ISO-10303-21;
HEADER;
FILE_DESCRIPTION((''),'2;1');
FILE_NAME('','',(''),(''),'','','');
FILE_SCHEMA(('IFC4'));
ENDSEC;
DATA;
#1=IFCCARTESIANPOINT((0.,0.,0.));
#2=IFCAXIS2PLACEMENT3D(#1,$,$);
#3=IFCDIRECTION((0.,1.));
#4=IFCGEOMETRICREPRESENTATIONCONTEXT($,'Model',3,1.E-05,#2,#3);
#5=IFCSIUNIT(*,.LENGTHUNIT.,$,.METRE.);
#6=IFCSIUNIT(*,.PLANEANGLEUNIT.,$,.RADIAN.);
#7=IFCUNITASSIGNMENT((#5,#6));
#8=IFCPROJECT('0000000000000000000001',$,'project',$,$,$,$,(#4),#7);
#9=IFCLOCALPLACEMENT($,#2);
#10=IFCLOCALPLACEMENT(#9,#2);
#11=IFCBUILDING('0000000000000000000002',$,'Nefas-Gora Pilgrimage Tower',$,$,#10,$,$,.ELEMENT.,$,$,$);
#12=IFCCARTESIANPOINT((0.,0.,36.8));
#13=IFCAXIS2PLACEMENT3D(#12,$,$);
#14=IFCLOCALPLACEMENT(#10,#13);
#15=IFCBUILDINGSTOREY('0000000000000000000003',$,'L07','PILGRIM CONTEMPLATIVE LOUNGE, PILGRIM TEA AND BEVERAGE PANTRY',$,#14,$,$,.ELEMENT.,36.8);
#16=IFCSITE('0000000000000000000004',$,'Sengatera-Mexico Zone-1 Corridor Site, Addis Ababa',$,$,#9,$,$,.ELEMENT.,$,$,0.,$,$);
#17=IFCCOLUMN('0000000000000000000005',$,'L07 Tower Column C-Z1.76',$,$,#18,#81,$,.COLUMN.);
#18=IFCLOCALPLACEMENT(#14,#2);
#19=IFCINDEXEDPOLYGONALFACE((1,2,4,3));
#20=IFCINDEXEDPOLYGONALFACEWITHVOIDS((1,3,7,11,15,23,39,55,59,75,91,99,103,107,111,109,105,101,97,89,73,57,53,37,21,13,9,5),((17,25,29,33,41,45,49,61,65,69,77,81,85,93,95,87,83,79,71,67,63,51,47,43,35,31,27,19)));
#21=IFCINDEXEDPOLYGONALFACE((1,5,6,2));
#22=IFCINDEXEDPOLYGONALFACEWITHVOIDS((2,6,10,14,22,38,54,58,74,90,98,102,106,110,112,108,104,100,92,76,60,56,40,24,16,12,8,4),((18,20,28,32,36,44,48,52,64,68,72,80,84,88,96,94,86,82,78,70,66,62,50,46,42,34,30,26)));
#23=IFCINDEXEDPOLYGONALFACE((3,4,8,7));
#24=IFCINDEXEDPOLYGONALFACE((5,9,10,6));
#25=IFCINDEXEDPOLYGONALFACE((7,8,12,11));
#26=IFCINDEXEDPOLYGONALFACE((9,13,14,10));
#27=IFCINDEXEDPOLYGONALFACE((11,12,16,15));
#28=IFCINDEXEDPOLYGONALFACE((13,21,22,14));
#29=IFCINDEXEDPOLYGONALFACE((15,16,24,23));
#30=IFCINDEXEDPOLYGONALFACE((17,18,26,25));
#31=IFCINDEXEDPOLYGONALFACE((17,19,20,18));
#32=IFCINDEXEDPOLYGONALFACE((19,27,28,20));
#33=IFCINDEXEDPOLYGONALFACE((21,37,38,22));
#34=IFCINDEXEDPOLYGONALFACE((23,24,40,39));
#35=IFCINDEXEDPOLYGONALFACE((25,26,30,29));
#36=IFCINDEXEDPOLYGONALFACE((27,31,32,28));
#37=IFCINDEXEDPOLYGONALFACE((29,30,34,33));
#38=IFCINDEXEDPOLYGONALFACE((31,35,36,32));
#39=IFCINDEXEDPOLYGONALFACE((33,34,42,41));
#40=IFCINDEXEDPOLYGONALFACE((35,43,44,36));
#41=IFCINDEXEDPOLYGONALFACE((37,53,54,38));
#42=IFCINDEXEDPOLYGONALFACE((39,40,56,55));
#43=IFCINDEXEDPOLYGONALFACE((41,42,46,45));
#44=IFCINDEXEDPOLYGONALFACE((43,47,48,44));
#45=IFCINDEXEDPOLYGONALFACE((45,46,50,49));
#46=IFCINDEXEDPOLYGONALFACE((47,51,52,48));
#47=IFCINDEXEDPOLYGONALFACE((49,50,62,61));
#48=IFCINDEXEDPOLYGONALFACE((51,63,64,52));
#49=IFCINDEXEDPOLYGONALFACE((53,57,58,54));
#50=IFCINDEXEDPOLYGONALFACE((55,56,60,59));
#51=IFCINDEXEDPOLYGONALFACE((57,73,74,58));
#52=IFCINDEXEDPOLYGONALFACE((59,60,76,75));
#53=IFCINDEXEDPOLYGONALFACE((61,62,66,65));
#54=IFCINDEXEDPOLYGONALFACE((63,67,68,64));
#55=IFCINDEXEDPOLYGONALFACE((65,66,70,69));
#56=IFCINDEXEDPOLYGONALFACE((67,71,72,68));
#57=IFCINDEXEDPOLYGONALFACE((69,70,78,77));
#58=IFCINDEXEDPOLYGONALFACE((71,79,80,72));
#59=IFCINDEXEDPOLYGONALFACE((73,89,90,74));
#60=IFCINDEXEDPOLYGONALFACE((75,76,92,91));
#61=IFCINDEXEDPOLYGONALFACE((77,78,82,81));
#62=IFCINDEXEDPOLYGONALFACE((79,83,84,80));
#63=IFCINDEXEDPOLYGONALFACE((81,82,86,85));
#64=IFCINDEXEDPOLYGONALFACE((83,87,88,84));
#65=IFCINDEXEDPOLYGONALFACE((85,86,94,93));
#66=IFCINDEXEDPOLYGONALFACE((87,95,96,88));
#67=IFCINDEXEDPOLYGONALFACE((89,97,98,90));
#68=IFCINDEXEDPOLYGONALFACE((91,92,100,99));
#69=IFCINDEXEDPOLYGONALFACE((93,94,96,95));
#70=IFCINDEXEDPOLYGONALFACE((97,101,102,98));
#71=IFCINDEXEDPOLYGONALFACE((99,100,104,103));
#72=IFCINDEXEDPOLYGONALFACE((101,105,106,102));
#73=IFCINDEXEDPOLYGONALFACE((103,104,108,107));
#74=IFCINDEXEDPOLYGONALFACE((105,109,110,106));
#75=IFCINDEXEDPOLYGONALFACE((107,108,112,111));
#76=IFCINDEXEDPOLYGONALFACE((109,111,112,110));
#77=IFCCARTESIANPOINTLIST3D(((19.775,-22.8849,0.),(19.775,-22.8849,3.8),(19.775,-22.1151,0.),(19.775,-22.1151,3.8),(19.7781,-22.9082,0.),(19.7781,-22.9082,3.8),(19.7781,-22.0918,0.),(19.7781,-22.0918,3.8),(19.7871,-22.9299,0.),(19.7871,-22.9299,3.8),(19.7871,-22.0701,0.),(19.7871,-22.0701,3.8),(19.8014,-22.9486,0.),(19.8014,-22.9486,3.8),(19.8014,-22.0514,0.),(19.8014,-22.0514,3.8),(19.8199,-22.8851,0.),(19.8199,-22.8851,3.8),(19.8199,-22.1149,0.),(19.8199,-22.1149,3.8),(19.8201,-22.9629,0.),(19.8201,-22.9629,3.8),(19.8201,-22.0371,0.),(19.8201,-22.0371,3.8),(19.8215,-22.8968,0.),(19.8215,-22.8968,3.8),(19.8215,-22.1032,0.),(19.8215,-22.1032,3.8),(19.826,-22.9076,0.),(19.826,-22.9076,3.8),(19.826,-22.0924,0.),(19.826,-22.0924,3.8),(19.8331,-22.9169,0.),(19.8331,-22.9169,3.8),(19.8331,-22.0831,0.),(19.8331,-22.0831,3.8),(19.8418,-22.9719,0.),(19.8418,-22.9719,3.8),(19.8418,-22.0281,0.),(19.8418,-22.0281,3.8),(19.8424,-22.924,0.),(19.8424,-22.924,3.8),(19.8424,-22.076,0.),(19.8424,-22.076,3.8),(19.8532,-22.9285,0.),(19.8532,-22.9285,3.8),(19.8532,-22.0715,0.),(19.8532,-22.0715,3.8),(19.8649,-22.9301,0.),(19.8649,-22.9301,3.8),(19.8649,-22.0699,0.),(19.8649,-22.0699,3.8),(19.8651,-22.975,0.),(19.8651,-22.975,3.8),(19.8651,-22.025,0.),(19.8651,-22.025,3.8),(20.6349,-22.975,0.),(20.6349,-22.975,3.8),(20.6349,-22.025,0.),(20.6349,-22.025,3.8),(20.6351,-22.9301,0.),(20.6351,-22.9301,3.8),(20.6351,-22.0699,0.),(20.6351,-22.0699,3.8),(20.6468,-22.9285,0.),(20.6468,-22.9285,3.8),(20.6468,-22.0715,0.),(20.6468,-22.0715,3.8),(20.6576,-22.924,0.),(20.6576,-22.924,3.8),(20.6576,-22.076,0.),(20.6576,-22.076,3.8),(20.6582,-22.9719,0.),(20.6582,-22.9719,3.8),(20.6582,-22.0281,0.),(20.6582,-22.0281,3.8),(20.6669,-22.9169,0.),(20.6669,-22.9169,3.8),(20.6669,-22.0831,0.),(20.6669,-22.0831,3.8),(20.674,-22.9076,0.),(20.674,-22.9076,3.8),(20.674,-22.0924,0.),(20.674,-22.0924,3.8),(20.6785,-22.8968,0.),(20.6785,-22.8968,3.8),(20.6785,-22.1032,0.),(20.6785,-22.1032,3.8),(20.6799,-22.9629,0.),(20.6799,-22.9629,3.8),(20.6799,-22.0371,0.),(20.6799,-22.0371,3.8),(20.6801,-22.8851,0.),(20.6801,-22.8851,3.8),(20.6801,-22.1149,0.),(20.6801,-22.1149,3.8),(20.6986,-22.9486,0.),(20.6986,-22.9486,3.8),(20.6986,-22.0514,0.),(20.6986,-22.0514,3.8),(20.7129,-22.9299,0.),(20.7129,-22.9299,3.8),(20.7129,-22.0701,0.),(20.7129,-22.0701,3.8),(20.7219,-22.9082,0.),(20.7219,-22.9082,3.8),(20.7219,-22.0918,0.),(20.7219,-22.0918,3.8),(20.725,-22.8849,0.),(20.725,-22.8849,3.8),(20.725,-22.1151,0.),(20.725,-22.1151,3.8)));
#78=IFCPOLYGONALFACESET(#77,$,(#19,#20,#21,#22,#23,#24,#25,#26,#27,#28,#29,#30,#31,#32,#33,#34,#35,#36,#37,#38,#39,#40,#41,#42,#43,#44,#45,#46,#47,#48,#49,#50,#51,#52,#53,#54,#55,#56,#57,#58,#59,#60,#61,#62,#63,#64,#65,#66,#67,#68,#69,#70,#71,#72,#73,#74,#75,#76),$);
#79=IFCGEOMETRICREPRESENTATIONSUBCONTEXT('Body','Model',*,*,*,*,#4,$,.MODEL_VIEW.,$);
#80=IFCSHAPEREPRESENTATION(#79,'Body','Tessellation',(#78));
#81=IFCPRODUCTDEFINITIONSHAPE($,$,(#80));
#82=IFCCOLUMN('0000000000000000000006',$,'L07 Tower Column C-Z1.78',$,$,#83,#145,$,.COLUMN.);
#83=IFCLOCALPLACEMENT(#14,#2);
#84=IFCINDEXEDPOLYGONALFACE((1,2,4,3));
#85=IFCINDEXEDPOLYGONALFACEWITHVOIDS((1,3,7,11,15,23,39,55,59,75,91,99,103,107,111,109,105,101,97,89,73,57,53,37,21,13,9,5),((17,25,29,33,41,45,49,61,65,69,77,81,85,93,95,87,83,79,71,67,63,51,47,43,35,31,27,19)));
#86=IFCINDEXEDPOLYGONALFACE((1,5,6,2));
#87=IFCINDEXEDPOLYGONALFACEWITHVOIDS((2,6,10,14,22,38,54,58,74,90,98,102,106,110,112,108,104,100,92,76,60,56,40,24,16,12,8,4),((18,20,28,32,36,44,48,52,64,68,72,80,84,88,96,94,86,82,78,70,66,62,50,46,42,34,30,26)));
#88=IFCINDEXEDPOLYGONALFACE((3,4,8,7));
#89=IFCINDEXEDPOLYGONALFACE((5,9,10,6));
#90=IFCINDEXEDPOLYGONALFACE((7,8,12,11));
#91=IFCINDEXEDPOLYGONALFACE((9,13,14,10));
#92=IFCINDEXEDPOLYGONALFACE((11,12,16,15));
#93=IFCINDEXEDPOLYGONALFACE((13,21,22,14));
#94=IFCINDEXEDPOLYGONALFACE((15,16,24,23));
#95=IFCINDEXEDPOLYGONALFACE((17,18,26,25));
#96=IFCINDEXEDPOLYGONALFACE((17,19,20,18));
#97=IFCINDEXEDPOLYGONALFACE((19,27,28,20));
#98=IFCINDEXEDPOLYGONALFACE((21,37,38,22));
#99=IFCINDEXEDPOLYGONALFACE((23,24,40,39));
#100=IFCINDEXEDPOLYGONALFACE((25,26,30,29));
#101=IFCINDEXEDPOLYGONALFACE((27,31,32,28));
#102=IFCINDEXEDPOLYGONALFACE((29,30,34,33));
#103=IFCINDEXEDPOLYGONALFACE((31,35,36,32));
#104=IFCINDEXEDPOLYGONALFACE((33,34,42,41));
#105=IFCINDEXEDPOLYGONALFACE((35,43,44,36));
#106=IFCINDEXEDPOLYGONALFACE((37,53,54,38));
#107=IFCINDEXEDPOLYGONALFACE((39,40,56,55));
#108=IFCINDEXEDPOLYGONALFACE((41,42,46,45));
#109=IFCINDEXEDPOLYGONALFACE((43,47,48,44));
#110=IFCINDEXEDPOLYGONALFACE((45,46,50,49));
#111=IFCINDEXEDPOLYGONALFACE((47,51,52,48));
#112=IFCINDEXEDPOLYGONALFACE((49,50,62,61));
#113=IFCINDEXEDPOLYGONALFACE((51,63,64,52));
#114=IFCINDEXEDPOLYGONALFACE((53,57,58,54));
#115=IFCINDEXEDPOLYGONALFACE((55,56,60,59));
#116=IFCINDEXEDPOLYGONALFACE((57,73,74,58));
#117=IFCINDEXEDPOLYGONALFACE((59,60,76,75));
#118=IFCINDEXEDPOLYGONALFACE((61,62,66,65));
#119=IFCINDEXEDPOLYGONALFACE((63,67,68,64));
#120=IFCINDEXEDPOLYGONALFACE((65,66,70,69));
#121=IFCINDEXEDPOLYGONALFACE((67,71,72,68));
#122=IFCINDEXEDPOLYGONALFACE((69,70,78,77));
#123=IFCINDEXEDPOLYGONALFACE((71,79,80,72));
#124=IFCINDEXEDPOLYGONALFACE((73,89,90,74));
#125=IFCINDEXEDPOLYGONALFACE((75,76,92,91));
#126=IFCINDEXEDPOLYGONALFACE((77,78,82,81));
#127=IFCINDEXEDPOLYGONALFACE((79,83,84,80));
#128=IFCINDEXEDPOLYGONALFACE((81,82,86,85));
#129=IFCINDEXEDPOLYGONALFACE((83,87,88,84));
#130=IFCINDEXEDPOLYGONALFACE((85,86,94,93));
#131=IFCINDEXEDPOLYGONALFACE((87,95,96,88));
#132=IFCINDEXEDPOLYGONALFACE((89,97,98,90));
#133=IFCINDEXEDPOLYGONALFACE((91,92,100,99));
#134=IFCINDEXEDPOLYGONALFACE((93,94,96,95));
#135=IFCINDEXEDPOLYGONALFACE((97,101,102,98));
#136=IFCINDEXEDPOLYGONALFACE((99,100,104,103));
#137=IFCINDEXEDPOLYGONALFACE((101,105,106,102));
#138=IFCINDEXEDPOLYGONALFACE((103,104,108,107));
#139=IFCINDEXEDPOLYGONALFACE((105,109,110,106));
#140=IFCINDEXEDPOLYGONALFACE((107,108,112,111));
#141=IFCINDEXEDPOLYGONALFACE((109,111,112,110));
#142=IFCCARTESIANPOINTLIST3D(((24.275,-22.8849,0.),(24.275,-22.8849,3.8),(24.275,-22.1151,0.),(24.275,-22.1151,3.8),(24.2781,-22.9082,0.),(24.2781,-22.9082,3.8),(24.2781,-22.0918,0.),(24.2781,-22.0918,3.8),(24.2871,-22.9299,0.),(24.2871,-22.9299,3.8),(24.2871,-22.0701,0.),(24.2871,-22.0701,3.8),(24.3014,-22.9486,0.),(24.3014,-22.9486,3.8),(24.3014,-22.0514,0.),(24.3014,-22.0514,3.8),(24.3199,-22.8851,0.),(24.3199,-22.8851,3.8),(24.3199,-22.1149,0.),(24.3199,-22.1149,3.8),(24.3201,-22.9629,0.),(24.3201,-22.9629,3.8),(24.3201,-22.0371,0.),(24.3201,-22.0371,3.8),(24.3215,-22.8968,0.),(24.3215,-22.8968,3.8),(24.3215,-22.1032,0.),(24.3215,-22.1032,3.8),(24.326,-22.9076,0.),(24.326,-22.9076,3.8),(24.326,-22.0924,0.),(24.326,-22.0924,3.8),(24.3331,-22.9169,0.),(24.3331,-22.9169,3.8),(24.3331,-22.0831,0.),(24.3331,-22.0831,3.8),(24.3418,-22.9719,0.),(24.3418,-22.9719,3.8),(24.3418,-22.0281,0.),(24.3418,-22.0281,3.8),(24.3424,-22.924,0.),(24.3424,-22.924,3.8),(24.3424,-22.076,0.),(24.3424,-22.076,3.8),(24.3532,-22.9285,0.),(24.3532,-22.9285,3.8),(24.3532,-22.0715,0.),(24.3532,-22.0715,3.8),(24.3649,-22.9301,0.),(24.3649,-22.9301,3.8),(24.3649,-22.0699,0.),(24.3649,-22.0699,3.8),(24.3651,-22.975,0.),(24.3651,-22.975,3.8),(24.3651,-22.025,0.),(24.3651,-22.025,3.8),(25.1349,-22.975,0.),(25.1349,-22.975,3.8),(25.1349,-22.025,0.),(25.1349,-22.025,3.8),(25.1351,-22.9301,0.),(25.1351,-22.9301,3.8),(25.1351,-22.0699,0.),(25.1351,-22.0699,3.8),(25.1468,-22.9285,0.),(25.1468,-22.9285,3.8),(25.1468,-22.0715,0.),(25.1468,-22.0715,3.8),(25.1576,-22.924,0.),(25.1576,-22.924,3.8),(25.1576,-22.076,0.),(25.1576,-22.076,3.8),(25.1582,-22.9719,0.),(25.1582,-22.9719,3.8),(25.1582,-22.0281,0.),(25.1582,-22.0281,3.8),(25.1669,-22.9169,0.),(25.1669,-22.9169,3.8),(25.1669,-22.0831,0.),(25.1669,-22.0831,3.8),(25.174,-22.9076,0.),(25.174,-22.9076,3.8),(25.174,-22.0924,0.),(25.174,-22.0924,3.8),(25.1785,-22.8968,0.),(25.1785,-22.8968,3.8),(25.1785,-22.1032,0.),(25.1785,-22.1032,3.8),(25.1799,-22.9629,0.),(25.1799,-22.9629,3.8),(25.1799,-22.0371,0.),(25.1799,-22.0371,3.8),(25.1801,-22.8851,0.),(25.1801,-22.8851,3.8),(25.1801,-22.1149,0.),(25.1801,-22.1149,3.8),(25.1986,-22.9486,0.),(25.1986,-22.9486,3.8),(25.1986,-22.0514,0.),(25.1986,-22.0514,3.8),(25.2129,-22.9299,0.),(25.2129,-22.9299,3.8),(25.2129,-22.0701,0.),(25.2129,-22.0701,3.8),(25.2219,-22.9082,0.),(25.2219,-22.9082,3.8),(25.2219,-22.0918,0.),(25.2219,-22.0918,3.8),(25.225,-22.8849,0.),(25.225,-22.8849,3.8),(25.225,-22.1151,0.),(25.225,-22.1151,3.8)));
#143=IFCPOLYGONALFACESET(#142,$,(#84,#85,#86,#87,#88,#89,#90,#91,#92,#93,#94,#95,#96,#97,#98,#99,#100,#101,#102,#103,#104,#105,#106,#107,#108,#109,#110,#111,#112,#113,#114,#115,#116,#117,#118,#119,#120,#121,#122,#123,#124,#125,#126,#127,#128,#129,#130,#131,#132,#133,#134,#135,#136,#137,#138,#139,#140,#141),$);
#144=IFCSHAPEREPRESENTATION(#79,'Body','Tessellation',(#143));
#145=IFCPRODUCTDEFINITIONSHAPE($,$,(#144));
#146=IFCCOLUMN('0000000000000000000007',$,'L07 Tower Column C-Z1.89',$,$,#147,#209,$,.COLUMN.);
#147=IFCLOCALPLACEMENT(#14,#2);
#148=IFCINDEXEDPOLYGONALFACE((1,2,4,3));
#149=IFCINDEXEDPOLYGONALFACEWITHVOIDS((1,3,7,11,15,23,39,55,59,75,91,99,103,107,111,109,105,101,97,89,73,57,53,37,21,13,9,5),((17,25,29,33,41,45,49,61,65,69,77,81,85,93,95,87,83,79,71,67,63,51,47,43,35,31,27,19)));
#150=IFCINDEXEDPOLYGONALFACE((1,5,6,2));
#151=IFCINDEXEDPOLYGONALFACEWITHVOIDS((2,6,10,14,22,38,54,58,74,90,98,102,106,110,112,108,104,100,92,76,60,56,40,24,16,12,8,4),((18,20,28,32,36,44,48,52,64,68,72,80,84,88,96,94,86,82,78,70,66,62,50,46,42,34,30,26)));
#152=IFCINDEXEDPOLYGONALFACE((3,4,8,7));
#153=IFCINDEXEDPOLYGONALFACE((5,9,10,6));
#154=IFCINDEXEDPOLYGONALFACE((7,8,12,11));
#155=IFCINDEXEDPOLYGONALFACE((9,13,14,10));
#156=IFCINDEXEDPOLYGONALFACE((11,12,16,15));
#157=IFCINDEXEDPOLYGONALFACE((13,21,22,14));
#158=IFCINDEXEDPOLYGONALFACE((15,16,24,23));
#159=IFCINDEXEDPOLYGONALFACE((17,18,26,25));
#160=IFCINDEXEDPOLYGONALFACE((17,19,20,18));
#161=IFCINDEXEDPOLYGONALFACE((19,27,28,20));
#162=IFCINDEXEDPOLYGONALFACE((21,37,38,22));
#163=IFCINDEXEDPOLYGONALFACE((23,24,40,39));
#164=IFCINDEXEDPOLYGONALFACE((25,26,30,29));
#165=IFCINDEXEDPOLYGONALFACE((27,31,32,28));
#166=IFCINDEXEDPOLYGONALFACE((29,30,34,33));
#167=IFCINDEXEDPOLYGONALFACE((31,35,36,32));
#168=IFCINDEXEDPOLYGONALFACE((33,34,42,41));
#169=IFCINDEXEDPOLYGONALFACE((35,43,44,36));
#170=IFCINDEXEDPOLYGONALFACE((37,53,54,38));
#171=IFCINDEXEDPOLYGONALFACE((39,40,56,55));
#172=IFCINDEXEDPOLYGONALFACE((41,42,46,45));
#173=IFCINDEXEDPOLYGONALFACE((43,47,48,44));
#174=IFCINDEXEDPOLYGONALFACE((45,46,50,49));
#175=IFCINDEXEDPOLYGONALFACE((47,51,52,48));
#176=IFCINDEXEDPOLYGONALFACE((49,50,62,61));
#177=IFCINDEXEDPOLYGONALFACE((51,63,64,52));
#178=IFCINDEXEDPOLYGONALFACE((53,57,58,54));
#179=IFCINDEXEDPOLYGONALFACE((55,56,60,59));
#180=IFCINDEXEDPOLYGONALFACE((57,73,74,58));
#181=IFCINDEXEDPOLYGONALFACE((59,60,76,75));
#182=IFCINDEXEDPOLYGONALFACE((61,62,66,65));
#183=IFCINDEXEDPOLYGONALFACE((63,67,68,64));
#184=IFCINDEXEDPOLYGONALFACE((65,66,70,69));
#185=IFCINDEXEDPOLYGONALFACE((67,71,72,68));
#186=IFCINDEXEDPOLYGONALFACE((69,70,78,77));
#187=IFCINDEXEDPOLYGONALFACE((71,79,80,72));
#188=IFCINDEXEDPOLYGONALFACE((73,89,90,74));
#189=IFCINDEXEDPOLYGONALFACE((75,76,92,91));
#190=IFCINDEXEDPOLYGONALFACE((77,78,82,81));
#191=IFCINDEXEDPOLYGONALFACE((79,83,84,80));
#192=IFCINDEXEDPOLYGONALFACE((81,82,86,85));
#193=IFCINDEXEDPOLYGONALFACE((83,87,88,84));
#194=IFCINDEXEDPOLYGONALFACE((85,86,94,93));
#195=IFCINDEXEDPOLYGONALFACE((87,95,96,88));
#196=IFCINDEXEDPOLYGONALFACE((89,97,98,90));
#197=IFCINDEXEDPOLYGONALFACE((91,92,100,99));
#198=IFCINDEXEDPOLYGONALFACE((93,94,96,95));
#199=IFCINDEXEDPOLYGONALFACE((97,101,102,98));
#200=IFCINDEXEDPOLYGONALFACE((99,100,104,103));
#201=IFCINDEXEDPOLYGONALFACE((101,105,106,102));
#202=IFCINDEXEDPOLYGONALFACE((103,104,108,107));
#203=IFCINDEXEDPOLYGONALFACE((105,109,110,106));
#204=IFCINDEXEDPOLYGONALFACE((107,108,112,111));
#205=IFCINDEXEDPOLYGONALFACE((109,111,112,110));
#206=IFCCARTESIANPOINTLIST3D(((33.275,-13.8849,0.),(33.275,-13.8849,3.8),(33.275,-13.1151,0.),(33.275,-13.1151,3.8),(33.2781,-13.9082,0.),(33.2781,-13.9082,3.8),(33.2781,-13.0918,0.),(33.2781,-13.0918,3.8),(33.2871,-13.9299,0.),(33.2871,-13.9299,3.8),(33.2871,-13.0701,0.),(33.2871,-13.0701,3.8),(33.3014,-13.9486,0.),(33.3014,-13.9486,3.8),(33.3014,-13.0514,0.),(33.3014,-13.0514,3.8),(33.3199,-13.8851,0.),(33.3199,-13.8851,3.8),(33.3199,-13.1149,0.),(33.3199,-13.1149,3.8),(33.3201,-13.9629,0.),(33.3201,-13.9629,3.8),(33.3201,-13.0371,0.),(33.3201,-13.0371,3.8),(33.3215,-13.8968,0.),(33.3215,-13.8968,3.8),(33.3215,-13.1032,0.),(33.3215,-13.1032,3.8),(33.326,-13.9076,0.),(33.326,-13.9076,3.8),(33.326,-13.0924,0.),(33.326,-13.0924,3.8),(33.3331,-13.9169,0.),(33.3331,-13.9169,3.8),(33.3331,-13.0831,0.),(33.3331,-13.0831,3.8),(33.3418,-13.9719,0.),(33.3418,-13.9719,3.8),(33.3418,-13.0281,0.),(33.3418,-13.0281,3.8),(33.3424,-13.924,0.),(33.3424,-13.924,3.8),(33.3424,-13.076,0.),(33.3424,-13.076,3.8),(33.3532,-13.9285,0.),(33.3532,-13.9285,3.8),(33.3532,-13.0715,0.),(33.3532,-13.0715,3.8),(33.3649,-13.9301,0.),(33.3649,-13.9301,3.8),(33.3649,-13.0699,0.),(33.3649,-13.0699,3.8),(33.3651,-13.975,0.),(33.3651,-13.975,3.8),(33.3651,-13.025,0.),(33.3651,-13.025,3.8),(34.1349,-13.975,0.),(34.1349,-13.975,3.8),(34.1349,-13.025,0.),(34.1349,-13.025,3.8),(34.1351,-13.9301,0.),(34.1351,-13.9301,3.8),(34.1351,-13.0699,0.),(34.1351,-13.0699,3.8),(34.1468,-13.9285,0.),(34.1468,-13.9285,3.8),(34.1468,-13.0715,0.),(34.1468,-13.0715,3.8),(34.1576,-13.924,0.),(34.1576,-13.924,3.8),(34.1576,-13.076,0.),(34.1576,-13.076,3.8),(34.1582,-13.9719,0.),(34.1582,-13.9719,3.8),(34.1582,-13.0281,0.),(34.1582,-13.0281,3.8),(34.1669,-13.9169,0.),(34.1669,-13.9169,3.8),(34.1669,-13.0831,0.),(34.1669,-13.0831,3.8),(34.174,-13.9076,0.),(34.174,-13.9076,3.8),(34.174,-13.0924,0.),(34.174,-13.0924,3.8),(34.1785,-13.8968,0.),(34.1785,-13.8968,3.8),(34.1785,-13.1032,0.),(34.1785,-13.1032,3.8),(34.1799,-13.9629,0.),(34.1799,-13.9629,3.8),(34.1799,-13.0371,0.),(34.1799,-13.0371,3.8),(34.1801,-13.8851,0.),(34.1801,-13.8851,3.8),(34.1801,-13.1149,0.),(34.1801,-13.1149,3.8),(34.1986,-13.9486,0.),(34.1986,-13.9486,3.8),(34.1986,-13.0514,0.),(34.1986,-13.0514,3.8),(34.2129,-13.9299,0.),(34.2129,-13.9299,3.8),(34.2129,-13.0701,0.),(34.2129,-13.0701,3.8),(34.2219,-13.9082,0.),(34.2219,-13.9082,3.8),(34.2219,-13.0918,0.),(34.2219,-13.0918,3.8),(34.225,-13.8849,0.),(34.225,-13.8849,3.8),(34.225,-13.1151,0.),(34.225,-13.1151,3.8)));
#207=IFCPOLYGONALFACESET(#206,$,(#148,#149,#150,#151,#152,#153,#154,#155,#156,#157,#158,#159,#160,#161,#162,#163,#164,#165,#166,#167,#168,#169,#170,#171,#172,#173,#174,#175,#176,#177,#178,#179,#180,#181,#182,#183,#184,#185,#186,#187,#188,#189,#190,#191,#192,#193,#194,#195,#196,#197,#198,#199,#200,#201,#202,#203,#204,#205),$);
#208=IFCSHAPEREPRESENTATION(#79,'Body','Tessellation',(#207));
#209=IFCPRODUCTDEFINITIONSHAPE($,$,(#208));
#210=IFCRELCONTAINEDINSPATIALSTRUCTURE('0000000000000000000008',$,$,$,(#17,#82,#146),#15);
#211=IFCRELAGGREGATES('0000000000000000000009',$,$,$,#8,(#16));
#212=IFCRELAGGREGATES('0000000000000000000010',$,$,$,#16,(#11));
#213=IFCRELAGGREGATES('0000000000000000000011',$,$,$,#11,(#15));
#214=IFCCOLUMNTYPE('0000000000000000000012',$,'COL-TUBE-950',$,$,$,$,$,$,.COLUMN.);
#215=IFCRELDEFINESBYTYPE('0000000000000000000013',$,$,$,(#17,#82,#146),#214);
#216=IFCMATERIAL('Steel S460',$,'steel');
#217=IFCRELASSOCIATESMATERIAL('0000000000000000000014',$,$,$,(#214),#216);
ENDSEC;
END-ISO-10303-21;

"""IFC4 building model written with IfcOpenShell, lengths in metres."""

from ifc_helpers import new_model, si_unit, direction, frame, origin, origin_2d, place, context, subcontext, project, spatial, hollow_rectangle, extrude, source, transform, mapped, material, material_profile, profile_set, type_object, element, save


model = new_model("IFC4")

# Units and contexts
model_context = context("Model", 3, precision=1e-05, world=origin(), true_north=direction((0.0, 1.0)))
body_context = subcontext(model_context, "Body", "Model", "MODEL_VIEW")
ifc_project = project(units=[si_unit("LENGTHUNIT", "METRE"), si_unit("PLANEANGLEUNIT", "RADIAN")], contexts=[model_context])

# Site, building, storey
site_placement = place(None, origin())
site = spatial("IfcSite", under=ifc_project, at=site_placement, Name="Sengatera-Mexico Zone-1 Corridor Site, Addis Ababa", CompositionType="ELEMENT", RefElevation=0.0)
building_placement = place(site_placement, origin())
building = spatial("IfcBuilding", under=site, at=building_placement, Name="Nefas-Gora Pilgrimage Tower", CompositionType="ELEMENT")
storey_placement = place(building_placement, frame((0.0, 0.0, 36.8)))
storey = spatial("IfcBuildingStorey", under=building, at=storey_placement, Name="L07", Description="PILGRIM CONTEMPLATIVE LOUNGE, PILGRIM TEA AND BEVERAGE PANTRY", CompositionType="ELEMENT", Elevation=36.8)

# Columns
ifc_material_1 = material(Name="Steel S460", Category="steel")
ifc_material_profile_1 = material_profile(ifc_material_1, hollow_rectangle(XDim=0.95, YDim=0.95, WallThickness=0.0449, InnerFilletRadius=0.0449, OuterFilletRadius=0.0901, at=origin_2d()), Name="BOX 950x950x45")
ifc_profile_set_1 = profile_set([ifc_material_profile_1], Name="Steel S460")
column_type_1 = type_object("IfcColumnType", Name="COL-TUBE-950", PredefinedType="COLUMN", material=ifc_profile_set_1)
shared_shape_1 = source(origin(), body_context, "Body", "SweptSolid", [
    extrude(hollow_rectangle(XDim=0.95, YDim=0.95, WallThickness=0.0449, InnerFilletRadius=0.0449, OuterFilletRadius=0.0901, at=origin_2d()), origin(), (0.0, 0.0, 1.0), 3.8),
])
for number, where, z_axis, x_axis, name in (
    (1, (20.25, -22.5, 0.0), (0.0, 0.0, 1.0), (1.0, 0.0, 0.0), "L07 Tower Column C-Z1.76"),
    (2, (24.75, -22.5, 0.0), (0.0, 0.0, 1.0), (1.0, 0.0, 0.0), "L07 Tower Column C-Z1.78"),
    (3, (33.75, -13.5, 0.0), (0.0, 0.0, 1.0), (1.0, 0.0, 0.0), "L07 Tower Column C-Z1.89"),
):
    element("IfcColumn", number, at=place(storey_placement, frame(where, z_axis=z_axis, x_axis=x_axis)), inside=storey, type_object=column_type_1, Name=name, PredefinedType="COLUMN", context=body_context, shape_type="MappedRepresentation", body=[
        mapped(shared_shape_1, transform((0.0, 0.0, 0.0), x_axis=(1.0, 0.0, 0.0), y_axis=(0.0, 1.0, 0.0), z_axis=(0.0, 0.0, 1.0), scale=1.0)),
    ])

save(model, "model.ifc")
